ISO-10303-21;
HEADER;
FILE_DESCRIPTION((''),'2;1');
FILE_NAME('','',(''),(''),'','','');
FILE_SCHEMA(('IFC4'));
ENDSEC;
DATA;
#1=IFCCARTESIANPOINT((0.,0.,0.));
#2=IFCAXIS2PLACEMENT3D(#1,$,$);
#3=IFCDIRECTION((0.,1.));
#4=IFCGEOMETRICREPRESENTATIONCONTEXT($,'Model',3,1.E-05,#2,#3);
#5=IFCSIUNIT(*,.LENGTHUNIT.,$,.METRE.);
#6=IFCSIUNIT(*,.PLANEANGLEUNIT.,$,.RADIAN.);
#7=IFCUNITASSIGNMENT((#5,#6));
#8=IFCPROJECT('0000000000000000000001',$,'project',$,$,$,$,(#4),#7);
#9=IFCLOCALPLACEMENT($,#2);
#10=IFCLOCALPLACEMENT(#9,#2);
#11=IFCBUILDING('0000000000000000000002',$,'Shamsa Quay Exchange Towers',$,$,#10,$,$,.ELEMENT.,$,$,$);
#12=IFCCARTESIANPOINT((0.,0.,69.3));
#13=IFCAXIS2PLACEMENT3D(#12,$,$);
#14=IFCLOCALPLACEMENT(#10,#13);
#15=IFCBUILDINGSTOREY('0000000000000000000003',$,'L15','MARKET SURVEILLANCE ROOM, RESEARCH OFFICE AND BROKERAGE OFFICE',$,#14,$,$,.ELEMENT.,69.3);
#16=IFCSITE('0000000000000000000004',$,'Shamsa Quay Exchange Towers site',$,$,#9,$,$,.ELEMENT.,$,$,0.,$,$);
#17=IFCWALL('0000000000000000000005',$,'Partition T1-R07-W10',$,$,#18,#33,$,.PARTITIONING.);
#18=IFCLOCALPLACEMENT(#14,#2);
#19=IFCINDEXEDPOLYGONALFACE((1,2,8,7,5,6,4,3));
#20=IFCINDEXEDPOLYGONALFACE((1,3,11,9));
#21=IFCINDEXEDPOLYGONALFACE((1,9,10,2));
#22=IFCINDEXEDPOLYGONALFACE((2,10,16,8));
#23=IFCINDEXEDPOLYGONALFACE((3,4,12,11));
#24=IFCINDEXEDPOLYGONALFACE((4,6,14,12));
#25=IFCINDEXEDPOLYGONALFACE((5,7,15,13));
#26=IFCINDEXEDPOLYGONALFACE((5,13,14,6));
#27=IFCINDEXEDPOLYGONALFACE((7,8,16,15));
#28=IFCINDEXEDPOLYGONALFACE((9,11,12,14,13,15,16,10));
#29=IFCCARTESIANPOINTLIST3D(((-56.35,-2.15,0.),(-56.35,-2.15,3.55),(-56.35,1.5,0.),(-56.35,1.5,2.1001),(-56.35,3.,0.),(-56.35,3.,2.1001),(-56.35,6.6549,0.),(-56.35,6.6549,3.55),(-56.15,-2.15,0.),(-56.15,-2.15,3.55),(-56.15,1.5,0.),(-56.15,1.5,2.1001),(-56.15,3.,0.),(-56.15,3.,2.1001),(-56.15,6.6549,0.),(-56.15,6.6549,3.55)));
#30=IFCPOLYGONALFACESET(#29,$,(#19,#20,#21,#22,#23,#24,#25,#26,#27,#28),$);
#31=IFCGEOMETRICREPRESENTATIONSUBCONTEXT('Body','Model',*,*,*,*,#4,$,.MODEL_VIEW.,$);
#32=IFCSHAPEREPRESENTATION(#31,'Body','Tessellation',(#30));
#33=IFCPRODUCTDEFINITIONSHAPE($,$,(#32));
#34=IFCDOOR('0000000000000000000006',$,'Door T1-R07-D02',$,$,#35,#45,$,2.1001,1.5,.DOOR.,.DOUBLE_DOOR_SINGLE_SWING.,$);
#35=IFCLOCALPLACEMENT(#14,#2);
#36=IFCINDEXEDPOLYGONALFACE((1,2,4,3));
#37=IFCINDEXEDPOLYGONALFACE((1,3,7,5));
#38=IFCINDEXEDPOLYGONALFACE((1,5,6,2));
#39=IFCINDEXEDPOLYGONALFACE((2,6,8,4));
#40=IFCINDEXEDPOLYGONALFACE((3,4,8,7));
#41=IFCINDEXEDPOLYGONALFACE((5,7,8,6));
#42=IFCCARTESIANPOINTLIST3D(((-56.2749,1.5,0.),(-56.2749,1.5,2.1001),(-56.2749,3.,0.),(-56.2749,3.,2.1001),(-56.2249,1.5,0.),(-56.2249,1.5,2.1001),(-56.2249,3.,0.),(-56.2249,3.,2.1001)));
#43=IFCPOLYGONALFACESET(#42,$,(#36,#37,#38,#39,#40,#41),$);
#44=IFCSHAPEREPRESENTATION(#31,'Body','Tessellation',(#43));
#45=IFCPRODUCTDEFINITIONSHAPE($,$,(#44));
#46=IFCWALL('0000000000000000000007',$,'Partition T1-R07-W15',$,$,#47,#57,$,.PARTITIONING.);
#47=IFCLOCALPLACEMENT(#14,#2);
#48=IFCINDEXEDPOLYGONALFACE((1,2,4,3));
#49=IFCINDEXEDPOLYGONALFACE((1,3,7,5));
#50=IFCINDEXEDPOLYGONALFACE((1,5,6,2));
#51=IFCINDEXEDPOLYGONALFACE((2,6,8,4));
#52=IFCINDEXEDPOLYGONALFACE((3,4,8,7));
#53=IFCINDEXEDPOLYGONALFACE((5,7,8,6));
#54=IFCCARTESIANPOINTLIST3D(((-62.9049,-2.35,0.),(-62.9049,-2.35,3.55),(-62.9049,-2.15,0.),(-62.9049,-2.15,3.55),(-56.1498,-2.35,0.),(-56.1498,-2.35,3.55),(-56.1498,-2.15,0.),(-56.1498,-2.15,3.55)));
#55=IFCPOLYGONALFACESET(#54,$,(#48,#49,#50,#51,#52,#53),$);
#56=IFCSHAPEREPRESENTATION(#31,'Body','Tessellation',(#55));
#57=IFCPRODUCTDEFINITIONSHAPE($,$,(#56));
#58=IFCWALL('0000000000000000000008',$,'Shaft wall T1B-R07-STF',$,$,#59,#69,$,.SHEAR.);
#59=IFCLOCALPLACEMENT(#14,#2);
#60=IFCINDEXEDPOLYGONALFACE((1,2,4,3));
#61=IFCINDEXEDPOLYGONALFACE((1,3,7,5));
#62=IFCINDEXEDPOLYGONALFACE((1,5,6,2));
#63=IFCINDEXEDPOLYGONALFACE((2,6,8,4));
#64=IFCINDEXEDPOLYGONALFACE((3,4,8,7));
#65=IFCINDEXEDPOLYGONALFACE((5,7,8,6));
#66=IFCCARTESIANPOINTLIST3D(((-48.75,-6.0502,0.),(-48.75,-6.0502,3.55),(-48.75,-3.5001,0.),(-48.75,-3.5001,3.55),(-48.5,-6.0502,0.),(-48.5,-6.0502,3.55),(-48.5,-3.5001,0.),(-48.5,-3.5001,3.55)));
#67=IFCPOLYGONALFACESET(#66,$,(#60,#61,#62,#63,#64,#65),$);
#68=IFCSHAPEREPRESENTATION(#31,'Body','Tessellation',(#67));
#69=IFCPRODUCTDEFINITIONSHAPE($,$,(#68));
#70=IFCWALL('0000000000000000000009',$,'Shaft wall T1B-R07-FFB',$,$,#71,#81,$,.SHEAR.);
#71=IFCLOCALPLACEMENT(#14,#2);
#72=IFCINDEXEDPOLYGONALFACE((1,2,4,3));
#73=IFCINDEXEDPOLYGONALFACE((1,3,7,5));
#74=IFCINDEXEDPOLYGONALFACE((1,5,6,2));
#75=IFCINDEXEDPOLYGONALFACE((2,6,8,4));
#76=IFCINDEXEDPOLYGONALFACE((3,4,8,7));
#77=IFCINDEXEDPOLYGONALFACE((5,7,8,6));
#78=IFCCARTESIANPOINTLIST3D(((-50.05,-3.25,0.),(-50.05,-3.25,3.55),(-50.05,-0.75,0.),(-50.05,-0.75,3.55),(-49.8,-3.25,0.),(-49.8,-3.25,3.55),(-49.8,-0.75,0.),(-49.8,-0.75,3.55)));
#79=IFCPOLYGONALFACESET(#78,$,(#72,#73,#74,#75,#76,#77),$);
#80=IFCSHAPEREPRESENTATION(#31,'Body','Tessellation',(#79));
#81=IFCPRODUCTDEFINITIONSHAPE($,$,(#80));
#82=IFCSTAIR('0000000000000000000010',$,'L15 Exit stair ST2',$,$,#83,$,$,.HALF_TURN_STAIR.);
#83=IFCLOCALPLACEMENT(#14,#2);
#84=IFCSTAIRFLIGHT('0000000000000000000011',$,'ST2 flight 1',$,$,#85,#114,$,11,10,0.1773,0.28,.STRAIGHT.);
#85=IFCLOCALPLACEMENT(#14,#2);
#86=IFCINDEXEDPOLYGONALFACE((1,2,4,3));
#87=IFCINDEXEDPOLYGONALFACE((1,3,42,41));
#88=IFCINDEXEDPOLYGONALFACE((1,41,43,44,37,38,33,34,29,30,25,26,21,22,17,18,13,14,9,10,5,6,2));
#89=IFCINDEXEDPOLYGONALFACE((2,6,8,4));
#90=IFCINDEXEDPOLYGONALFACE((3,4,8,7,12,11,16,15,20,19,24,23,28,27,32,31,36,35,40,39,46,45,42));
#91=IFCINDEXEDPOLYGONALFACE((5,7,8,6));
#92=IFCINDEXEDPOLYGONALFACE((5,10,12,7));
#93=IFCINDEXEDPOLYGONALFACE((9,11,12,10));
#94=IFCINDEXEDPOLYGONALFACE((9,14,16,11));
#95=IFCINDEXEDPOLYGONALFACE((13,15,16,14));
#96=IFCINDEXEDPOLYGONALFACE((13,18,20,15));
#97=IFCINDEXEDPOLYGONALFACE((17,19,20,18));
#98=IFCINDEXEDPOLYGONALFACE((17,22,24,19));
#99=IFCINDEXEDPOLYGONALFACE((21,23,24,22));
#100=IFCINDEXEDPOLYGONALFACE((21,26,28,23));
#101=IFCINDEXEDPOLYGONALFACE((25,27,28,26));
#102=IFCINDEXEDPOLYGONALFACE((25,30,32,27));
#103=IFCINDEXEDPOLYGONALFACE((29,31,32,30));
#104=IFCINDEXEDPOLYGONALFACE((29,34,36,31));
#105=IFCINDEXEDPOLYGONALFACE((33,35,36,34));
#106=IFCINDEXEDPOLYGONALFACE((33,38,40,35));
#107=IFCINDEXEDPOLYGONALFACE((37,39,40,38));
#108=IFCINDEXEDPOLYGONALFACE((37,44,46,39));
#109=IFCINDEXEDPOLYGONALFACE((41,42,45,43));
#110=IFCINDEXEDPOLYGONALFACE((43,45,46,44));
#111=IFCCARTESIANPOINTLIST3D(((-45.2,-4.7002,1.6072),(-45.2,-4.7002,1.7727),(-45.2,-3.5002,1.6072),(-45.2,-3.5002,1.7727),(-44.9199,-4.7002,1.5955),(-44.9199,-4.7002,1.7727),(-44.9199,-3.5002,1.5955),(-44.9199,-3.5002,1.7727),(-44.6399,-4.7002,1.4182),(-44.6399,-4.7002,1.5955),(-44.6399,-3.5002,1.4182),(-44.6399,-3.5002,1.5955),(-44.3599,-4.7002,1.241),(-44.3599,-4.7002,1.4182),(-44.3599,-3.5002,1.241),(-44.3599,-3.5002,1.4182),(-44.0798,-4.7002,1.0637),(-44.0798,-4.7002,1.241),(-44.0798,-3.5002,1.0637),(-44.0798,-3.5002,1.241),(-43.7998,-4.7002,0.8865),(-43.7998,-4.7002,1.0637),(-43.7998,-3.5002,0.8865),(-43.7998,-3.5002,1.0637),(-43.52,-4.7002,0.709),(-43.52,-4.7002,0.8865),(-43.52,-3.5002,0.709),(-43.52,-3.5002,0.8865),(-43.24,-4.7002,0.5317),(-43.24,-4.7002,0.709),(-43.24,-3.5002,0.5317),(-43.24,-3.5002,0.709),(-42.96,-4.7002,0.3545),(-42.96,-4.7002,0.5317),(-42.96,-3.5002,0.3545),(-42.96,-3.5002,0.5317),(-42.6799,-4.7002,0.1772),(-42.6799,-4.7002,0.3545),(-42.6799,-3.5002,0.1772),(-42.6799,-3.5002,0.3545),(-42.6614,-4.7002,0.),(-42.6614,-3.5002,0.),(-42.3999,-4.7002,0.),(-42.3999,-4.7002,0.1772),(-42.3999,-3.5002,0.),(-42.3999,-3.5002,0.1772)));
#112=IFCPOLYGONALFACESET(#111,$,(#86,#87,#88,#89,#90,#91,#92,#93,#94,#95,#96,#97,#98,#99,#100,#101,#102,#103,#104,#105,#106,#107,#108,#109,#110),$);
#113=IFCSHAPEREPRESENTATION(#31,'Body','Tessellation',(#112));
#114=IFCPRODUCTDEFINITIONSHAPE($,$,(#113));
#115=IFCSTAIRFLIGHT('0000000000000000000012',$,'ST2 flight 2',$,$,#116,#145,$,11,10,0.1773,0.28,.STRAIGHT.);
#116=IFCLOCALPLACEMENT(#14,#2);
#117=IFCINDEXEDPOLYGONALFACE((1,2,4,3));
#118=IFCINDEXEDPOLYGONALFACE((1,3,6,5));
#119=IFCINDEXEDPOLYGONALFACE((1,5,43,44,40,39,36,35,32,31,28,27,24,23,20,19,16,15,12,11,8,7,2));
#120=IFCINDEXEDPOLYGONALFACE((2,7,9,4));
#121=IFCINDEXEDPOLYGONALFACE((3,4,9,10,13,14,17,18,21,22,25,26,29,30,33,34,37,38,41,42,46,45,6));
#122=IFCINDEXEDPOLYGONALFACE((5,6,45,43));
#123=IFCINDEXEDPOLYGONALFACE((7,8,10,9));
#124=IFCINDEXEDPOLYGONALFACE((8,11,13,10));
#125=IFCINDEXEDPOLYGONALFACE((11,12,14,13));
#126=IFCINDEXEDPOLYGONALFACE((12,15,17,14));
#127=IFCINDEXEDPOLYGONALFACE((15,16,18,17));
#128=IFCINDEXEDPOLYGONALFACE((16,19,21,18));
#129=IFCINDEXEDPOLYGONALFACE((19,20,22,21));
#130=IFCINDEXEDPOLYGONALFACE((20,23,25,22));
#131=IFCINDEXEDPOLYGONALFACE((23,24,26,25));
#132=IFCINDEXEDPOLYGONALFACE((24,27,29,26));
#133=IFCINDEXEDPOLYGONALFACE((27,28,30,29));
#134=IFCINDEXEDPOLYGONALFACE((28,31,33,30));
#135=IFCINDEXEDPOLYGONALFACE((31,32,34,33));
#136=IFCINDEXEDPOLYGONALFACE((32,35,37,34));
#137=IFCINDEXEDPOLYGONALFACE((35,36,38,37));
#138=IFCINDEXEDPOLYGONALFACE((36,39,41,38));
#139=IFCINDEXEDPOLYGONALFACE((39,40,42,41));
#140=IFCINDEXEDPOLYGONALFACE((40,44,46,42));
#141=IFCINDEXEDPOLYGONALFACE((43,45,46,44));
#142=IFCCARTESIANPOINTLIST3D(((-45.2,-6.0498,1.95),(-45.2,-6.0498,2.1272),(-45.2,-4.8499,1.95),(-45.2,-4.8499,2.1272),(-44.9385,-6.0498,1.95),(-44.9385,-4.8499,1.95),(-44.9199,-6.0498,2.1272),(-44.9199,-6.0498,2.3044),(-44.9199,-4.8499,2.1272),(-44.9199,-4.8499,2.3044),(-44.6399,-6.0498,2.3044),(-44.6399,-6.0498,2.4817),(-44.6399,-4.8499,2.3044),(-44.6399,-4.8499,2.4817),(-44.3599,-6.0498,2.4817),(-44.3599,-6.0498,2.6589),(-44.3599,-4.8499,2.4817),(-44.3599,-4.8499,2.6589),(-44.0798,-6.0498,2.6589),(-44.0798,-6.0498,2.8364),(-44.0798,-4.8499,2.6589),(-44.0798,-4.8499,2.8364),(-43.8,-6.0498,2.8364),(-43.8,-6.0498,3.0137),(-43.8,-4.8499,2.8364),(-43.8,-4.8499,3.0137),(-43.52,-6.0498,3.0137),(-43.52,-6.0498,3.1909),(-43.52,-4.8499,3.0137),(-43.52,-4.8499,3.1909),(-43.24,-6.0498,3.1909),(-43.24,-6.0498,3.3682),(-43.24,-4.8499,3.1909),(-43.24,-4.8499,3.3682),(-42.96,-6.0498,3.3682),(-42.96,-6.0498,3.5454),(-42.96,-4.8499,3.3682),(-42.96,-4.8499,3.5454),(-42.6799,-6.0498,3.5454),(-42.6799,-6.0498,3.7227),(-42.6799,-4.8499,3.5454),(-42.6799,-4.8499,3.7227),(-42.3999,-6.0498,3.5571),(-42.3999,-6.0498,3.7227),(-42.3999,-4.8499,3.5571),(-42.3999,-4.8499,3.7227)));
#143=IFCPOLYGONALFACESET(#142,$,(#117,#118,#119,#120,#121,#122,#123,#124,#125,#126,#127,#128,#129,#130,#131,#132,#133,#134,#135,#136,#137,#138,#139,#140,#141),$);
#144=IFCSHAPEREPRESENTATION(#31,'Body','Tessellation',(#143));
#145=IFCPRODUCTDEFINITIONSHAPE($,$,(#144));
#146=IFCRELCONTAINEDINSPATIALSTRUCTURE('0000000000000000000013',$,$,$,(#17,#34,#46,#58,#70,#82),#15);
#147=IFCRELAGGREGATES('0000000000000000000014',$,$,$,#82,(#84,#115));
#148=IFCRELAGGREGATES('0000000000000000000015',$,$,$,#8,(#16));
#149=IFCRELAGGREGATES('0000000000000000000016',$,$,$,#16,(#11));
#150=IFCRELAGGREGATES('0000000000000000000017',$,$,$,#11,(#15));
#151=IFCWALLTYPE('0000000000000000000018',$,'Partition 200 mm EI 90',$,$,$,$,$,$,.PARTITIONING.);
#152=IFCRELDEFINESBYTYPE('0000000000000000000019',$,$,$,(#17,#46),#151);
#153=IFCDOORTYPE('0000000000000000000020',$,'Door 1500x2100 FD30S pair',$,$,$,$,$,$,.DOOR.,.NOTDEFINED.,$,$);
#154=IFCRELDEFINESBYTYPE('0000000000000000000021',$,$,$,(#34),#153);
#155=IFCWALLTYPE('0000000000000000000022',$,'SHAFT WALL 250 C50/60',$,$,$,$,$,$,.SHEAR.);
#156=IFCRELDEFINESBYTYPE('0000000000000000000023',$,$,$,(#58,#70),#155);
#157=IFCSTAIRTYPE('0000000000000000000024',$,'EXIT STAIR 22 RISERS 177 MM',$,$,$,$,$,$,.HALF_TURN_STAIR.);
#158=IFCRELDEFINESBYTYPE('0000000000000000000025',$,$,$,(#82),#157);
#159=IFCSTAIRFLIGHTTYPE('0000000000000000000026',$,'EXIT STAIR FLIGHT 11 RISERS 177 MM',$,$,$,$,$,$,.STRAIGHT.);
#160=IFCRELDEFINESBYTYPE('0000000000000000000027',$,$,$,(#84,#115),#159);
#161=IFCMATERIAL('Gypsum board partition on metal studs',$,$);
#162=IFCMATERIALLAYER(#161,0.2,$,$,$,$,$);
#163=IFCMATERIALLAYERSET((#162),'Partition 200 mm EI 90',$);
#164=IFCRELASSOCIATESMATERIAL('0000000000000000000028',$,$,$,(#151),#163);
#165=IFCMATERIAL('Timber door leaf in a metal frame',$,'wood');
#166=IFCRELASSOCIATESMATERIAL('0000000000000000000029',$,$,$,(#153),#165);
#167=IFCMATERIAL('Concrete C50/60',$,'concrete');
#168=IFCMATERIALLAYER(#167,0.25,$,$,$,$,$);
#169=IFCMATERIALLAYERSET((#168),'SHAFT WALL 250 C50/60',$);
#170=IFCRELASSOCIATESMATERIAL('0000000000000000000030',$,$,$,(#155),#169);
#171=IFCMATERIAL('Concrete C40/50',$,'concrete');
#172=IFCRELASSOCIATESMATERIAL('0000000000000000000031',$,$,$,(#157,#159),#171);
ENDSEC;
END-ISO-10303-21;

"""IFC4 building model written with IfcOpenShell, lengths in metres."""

from ifc_helpers import new_model, si_unit, direction, frame, frame_2d, origin, place, context, subcontext, project, spatial, polyline, rectangle, outline, extrude, material, layer, layer_set, type_object, element, fill, aggregate, save


model = new_model("IFC4")

# Units and contexts
model_context = context("Model", 3, precision=1e-05, world=origin(), true_north=direction((0.0, 1.0)))
body_context = subcontext(model_context, "Body", "Model", "MODEL_VIEW")
ifc_project = project(units=[si_unit("LENGTHUNIT", "METRE"), si_unit("PLANEANGLEUNIT", "RADIAN")], contexts=[model_context])

# Site, building, storey
site_placement = place(None, origin())
site = spatial("IfcSite", under=ifc_project, at=site_placement, Name="Shamsa Quay Exchange Towers site", CompositionType="ELEMENT", RefElevation=0.0)
building_placement = place(site_placement, origin())
building = spatial("IfcBuilding", under=site, at=building_placement, Name="Shamsa Quay Exchange Towers", CompositionType="ELEMENT")
storey_placement = place(building_placement, frame((0.0, 0.0, 69.3)))
storey = spatial("IfcBuildingStorey", under=building, at=storey_placement, Name="L15", Description="MARKET SURVEILLANCE ROOM, RESEARCH OFFICE AND BROKERAGE OFFICE", CompositionType="ELEMENT", Elevation=69.3)

# Wall, opening, door
ifc_material_1 = material(Name="Timber door leaf in a metal frame", Category="wood")
ifc_material_2 = material(Name="Gypsum board partition on metal studs")
ifc_layer_1 = layer(ifc_material_2, 0.2)
ifc_layer_set_1 = layer_set([ifc_layer_1], Name="Partition 200 mm EI 90")
wall_type_1 = type_object("IfcWallType", Name="Partition 200 mm EI 90", PredefinedType="PARTITIONING", material=ifc_layer_set_1)
wall_1_placement = place(storey_placement, frame((-56.25, -2.1499, 0.0), z_axis=(0.0, 0.0, 1.0), x_axis=(0.0, 1.0, 0.0)))
wall_1 = element("IfcWall", 1, at=wall_1_placement, inside=storey, type_object=wall_type_1, Name="Partition T1-R07-W10", PredefinedType="PARTITIONING", context=body_context, shape_type="SweptSolid", body=[
    extrude(rectangle(XDim=8.8049, YDim=0.2, at=frame_2d((4.4023, 0.0))), origin(), (0.0, 0.0, 1.0), 3.55),
])
opening_1_placement = place(wall_1_placement, frame((3.6499, 0.0, 0.0)))
opening_1 = element("IfcOpeningElement", 2, at=opening_1_placement, cuts=wall_1, PredefinedType="OPENING", context=body_context, shape_type="SweptSolid", body=[
    extrude(rectangle(XDim=1.5, YDim=2.1001, at=frame_2d((0.75, 1.05))), frame((0.0, 0.1099, 0.0), z_axis=(0.0, -1.0, 0.0), x_axis=(1.0, 0.0, 0.0)), (0.0, 0.0, 1.0), 0.22),
])
door_type_1 = type_object("IfcDoorType", Name="Door 1500x2100 FD30S pair", OperationType="NOTDEFINED", PredefinedType="DOOR", material=ifc_material_1)
door_1_placement = place(opening_1_placement, origin())
door_1 = element("IfcDoor", 3, at=door_1_placement, inside=storey, type_object=door_type_1, Name="Door T1-R07-D02", OperationType="DOUBLE_DOOR_SINGLE_SWING", OverallHeight=2.1001, OverallWidth=1.5, PredefinedType="DOOR", context=body_context, shape_type="SweptSolid", body=[
    extrude(rectangle(XDim=1.5, YDim=2.1001, at=frame_2d((0.75, 1.05))), frame((0.0, 0.0249, 0.0), z_axis=(0.0, -1.0, 0.0), x_axis=(1.0, 0.0, 0.0)), (0.0, 0.0, 1.0), 0.05),
])
fill(opening_1, door_1)

# Walls
wall_2_placement = place(storey_placement, frame((-56.1499, -2.25, 0.0), z_axis=(0.0, 0.0, 1.0), x_axis=(-1.0, 0.0, 0.0)))
element("IfcWall", 4, at=wall_2_placement, inside=storey, type_object=wall_type_1, Name="Partition T1-R07-W15", PredefinedType="PARTITIONING", context=body_context, shape_type="SweptSolid", body=[
    extrude(rectangle(XDim=6.7551, YDim=0.2, at=frame_2d((3.3774, 0.0))), origin(), (0.0, 0.0, 1.0), 3.55),
])
ifc_material_3 = material(Name="Concrete C50/60", Category="concrete")
ifc_layer_2 = layer(ifc_material_3, 0.25)
ifc_layer_set_2 = layer_set([ifc_layer_2], Name="SHAFT WALL 250 C50/60")
wall_type_2 = type_object("IfcWallType", Name="SHAFT WALL 250 C50/60", PredefinedType="SHEAR", material=ifc_layer_set_2)
wall_3_placement = place(storey_placement, frame((-48.625, -6.05, 0.0), z_axis=(0.0, 0.0, 1.0), x_axis=(0.0, 1.0, 0.0)))
element("IfcWall", 5, at=wall_3_placement, inside=storey, type_object=wall_type_2, Name="Shaft wall T1B-R07-STF", PredefinedType="SHEAR", context=body_context, shape_type="SweptSolid", body=[
    extrude(rectangle(XDim=2.55, YDim=0.25, at=frame_2d((1.2749, 0.0))), origin(), (0.0, 0.0, 1.0), 3.55),
])

# Wall
wall_4_placement = place(storey_placement, frame((-49.925, -3.25, 0.0), z_axis=(0.0, 0.0, 1.0), x_axis=(0.0, 1.0, 0.0)))
element("IfcWall", 6, at=wall_4_placement, inside=storey, type_object=wall_type_2, Name="Shaft wall T1B-R07-FFB", PredefinedType="SHEAR", context=body_context, shape_type="SweptSolid", body=[
    extrude(rectangle(XDim=2.5, YDim=0.25, at=frame_2d((1.25, 0.0))), origin(), (0.0, 0.0, 1.0), 3.55),
])

# Stair, stair flights
ifc_material_4 = material(Name="Concrete C40/50", Category="concrete")
stair_type = type_object("IfcStairType", Name="EXIT STAIR 22 RISERS 177 MM", PredefinedType="HALF_TURN_STAIR", material=ifc_material_4)
stair_placement = place(storey_placement, origin())
stair = element("IfcStair", 7, at=stair_placement, inside=storey, type_object=stair_type, Name="L15 Exit stair ST2", PredefinedType="HALF_TURN_STAIR")
stair_flight_type = type_object("IfcStairFlightType", Name="EXIT STAIR FLIGHT 11 RISERS 177 MM", PredefinedType="STRAIGHT", material=ifc_material_4)
stair_flight_1_placement = place(storey_placement, frame((-42.3999, -4.1001, 0.0), z_axis=(0.0, 0.0, 1.0), x_axis=(-1.0, 0.0, 0.0)))
stair_flight_1 = element("IfcStairFlight", 8, at=stair_flight_1_placement, type_object=stair_flight_type, Name="ST2 flight 1", NumberOfRisers=11, NumberOfTreads=10, PredefinedType="STRAIGHT", RiserHeight=0.1773, TreadLength=0.28, context=body_context, shape_type="SweptSolid", body=[
    extrude(outline(polyline([(0.0, 0.0), (0.0, 0.1772), (0.28, 0.1772), (0.28, 0.3545), (0.5601, 0.3545), (0.5601, 0.5317), (0.8401, 0.5317), (0.8401, 0.709), (1.1201, 0.709), (1.1201, 0.8865), (1.3999, 0.8865), (1.3999, 1.0637), (1.6799, 1.0637), (1.6799, 1.241), (1.96, 1.241), (1.96, 1.4182), (2.24, 1.4182), (2.24, 1.5955), (2.52, 1.5955), (2.52, 1.7727), (2.8, 1.7727), (2.8, 1.95), (2.8, 1.6072), (0.2615, 0.0), (0.0, 0.0)])), frame((0.0, 0.6001, 0.0), z_axis=(0.0, -1.0, 0.0), x_axis=(1.0, 0.0, 0.0)), (0.0, 0.0, 1.0), 1.2),
])
stair_flight_2_placement = place(storey_placement, frame((-45.2, -5.45, 1.95)))
stair_flight_2 = element("IfcStairFlight", 9, at=stair_flight_2_placement, type_object=stair_flight_type, Name="ST2 flight 2", NumberOfRisers=11, NumberOfTreads=10, PredefinedType="STRAIGHT", RiserHeight=0.1773, TreadLength=0.28, context=body_context, shape_type="SweptSolid", body=[
    extrude(outline(polyline([(0.0, 0.0), (0.0, 0.1772), (0.28, 0.1772), (0.28, 0.3545), (0.5601, 0.3545), (0.5601, 0.5317), (0.8401, 0.5317), (0.8401, 0.709), (1.1201, 0.709), (1.1201, 0.8865), (1.3999, 0.8865), (1.3999, 1.0637), (1.6799, 1.0637), (1.6799, 1.241), (1.96, 1.241), (1.96, 1.4182), (2.24, 1.4182), (2.24, 1.5955), (2.52, 1.5955), (2.52, 1.7727), (2.8, 1.7727), (2.8, 1.95), (2.8, 1.6072), (0.2615, 0.0), (0.0, 0.0)])), frame((0.0, 0.6001, 0.0), z_axis=(0.0, -1.0, 0.0), x_axis=(1.0, 0.0, 0.0)), (0.0, 0.0, 1.0), 1.2),
])
aggregate(stair, [stair_flight_1, stair_flight_2])

save(model, "model.ifc")
